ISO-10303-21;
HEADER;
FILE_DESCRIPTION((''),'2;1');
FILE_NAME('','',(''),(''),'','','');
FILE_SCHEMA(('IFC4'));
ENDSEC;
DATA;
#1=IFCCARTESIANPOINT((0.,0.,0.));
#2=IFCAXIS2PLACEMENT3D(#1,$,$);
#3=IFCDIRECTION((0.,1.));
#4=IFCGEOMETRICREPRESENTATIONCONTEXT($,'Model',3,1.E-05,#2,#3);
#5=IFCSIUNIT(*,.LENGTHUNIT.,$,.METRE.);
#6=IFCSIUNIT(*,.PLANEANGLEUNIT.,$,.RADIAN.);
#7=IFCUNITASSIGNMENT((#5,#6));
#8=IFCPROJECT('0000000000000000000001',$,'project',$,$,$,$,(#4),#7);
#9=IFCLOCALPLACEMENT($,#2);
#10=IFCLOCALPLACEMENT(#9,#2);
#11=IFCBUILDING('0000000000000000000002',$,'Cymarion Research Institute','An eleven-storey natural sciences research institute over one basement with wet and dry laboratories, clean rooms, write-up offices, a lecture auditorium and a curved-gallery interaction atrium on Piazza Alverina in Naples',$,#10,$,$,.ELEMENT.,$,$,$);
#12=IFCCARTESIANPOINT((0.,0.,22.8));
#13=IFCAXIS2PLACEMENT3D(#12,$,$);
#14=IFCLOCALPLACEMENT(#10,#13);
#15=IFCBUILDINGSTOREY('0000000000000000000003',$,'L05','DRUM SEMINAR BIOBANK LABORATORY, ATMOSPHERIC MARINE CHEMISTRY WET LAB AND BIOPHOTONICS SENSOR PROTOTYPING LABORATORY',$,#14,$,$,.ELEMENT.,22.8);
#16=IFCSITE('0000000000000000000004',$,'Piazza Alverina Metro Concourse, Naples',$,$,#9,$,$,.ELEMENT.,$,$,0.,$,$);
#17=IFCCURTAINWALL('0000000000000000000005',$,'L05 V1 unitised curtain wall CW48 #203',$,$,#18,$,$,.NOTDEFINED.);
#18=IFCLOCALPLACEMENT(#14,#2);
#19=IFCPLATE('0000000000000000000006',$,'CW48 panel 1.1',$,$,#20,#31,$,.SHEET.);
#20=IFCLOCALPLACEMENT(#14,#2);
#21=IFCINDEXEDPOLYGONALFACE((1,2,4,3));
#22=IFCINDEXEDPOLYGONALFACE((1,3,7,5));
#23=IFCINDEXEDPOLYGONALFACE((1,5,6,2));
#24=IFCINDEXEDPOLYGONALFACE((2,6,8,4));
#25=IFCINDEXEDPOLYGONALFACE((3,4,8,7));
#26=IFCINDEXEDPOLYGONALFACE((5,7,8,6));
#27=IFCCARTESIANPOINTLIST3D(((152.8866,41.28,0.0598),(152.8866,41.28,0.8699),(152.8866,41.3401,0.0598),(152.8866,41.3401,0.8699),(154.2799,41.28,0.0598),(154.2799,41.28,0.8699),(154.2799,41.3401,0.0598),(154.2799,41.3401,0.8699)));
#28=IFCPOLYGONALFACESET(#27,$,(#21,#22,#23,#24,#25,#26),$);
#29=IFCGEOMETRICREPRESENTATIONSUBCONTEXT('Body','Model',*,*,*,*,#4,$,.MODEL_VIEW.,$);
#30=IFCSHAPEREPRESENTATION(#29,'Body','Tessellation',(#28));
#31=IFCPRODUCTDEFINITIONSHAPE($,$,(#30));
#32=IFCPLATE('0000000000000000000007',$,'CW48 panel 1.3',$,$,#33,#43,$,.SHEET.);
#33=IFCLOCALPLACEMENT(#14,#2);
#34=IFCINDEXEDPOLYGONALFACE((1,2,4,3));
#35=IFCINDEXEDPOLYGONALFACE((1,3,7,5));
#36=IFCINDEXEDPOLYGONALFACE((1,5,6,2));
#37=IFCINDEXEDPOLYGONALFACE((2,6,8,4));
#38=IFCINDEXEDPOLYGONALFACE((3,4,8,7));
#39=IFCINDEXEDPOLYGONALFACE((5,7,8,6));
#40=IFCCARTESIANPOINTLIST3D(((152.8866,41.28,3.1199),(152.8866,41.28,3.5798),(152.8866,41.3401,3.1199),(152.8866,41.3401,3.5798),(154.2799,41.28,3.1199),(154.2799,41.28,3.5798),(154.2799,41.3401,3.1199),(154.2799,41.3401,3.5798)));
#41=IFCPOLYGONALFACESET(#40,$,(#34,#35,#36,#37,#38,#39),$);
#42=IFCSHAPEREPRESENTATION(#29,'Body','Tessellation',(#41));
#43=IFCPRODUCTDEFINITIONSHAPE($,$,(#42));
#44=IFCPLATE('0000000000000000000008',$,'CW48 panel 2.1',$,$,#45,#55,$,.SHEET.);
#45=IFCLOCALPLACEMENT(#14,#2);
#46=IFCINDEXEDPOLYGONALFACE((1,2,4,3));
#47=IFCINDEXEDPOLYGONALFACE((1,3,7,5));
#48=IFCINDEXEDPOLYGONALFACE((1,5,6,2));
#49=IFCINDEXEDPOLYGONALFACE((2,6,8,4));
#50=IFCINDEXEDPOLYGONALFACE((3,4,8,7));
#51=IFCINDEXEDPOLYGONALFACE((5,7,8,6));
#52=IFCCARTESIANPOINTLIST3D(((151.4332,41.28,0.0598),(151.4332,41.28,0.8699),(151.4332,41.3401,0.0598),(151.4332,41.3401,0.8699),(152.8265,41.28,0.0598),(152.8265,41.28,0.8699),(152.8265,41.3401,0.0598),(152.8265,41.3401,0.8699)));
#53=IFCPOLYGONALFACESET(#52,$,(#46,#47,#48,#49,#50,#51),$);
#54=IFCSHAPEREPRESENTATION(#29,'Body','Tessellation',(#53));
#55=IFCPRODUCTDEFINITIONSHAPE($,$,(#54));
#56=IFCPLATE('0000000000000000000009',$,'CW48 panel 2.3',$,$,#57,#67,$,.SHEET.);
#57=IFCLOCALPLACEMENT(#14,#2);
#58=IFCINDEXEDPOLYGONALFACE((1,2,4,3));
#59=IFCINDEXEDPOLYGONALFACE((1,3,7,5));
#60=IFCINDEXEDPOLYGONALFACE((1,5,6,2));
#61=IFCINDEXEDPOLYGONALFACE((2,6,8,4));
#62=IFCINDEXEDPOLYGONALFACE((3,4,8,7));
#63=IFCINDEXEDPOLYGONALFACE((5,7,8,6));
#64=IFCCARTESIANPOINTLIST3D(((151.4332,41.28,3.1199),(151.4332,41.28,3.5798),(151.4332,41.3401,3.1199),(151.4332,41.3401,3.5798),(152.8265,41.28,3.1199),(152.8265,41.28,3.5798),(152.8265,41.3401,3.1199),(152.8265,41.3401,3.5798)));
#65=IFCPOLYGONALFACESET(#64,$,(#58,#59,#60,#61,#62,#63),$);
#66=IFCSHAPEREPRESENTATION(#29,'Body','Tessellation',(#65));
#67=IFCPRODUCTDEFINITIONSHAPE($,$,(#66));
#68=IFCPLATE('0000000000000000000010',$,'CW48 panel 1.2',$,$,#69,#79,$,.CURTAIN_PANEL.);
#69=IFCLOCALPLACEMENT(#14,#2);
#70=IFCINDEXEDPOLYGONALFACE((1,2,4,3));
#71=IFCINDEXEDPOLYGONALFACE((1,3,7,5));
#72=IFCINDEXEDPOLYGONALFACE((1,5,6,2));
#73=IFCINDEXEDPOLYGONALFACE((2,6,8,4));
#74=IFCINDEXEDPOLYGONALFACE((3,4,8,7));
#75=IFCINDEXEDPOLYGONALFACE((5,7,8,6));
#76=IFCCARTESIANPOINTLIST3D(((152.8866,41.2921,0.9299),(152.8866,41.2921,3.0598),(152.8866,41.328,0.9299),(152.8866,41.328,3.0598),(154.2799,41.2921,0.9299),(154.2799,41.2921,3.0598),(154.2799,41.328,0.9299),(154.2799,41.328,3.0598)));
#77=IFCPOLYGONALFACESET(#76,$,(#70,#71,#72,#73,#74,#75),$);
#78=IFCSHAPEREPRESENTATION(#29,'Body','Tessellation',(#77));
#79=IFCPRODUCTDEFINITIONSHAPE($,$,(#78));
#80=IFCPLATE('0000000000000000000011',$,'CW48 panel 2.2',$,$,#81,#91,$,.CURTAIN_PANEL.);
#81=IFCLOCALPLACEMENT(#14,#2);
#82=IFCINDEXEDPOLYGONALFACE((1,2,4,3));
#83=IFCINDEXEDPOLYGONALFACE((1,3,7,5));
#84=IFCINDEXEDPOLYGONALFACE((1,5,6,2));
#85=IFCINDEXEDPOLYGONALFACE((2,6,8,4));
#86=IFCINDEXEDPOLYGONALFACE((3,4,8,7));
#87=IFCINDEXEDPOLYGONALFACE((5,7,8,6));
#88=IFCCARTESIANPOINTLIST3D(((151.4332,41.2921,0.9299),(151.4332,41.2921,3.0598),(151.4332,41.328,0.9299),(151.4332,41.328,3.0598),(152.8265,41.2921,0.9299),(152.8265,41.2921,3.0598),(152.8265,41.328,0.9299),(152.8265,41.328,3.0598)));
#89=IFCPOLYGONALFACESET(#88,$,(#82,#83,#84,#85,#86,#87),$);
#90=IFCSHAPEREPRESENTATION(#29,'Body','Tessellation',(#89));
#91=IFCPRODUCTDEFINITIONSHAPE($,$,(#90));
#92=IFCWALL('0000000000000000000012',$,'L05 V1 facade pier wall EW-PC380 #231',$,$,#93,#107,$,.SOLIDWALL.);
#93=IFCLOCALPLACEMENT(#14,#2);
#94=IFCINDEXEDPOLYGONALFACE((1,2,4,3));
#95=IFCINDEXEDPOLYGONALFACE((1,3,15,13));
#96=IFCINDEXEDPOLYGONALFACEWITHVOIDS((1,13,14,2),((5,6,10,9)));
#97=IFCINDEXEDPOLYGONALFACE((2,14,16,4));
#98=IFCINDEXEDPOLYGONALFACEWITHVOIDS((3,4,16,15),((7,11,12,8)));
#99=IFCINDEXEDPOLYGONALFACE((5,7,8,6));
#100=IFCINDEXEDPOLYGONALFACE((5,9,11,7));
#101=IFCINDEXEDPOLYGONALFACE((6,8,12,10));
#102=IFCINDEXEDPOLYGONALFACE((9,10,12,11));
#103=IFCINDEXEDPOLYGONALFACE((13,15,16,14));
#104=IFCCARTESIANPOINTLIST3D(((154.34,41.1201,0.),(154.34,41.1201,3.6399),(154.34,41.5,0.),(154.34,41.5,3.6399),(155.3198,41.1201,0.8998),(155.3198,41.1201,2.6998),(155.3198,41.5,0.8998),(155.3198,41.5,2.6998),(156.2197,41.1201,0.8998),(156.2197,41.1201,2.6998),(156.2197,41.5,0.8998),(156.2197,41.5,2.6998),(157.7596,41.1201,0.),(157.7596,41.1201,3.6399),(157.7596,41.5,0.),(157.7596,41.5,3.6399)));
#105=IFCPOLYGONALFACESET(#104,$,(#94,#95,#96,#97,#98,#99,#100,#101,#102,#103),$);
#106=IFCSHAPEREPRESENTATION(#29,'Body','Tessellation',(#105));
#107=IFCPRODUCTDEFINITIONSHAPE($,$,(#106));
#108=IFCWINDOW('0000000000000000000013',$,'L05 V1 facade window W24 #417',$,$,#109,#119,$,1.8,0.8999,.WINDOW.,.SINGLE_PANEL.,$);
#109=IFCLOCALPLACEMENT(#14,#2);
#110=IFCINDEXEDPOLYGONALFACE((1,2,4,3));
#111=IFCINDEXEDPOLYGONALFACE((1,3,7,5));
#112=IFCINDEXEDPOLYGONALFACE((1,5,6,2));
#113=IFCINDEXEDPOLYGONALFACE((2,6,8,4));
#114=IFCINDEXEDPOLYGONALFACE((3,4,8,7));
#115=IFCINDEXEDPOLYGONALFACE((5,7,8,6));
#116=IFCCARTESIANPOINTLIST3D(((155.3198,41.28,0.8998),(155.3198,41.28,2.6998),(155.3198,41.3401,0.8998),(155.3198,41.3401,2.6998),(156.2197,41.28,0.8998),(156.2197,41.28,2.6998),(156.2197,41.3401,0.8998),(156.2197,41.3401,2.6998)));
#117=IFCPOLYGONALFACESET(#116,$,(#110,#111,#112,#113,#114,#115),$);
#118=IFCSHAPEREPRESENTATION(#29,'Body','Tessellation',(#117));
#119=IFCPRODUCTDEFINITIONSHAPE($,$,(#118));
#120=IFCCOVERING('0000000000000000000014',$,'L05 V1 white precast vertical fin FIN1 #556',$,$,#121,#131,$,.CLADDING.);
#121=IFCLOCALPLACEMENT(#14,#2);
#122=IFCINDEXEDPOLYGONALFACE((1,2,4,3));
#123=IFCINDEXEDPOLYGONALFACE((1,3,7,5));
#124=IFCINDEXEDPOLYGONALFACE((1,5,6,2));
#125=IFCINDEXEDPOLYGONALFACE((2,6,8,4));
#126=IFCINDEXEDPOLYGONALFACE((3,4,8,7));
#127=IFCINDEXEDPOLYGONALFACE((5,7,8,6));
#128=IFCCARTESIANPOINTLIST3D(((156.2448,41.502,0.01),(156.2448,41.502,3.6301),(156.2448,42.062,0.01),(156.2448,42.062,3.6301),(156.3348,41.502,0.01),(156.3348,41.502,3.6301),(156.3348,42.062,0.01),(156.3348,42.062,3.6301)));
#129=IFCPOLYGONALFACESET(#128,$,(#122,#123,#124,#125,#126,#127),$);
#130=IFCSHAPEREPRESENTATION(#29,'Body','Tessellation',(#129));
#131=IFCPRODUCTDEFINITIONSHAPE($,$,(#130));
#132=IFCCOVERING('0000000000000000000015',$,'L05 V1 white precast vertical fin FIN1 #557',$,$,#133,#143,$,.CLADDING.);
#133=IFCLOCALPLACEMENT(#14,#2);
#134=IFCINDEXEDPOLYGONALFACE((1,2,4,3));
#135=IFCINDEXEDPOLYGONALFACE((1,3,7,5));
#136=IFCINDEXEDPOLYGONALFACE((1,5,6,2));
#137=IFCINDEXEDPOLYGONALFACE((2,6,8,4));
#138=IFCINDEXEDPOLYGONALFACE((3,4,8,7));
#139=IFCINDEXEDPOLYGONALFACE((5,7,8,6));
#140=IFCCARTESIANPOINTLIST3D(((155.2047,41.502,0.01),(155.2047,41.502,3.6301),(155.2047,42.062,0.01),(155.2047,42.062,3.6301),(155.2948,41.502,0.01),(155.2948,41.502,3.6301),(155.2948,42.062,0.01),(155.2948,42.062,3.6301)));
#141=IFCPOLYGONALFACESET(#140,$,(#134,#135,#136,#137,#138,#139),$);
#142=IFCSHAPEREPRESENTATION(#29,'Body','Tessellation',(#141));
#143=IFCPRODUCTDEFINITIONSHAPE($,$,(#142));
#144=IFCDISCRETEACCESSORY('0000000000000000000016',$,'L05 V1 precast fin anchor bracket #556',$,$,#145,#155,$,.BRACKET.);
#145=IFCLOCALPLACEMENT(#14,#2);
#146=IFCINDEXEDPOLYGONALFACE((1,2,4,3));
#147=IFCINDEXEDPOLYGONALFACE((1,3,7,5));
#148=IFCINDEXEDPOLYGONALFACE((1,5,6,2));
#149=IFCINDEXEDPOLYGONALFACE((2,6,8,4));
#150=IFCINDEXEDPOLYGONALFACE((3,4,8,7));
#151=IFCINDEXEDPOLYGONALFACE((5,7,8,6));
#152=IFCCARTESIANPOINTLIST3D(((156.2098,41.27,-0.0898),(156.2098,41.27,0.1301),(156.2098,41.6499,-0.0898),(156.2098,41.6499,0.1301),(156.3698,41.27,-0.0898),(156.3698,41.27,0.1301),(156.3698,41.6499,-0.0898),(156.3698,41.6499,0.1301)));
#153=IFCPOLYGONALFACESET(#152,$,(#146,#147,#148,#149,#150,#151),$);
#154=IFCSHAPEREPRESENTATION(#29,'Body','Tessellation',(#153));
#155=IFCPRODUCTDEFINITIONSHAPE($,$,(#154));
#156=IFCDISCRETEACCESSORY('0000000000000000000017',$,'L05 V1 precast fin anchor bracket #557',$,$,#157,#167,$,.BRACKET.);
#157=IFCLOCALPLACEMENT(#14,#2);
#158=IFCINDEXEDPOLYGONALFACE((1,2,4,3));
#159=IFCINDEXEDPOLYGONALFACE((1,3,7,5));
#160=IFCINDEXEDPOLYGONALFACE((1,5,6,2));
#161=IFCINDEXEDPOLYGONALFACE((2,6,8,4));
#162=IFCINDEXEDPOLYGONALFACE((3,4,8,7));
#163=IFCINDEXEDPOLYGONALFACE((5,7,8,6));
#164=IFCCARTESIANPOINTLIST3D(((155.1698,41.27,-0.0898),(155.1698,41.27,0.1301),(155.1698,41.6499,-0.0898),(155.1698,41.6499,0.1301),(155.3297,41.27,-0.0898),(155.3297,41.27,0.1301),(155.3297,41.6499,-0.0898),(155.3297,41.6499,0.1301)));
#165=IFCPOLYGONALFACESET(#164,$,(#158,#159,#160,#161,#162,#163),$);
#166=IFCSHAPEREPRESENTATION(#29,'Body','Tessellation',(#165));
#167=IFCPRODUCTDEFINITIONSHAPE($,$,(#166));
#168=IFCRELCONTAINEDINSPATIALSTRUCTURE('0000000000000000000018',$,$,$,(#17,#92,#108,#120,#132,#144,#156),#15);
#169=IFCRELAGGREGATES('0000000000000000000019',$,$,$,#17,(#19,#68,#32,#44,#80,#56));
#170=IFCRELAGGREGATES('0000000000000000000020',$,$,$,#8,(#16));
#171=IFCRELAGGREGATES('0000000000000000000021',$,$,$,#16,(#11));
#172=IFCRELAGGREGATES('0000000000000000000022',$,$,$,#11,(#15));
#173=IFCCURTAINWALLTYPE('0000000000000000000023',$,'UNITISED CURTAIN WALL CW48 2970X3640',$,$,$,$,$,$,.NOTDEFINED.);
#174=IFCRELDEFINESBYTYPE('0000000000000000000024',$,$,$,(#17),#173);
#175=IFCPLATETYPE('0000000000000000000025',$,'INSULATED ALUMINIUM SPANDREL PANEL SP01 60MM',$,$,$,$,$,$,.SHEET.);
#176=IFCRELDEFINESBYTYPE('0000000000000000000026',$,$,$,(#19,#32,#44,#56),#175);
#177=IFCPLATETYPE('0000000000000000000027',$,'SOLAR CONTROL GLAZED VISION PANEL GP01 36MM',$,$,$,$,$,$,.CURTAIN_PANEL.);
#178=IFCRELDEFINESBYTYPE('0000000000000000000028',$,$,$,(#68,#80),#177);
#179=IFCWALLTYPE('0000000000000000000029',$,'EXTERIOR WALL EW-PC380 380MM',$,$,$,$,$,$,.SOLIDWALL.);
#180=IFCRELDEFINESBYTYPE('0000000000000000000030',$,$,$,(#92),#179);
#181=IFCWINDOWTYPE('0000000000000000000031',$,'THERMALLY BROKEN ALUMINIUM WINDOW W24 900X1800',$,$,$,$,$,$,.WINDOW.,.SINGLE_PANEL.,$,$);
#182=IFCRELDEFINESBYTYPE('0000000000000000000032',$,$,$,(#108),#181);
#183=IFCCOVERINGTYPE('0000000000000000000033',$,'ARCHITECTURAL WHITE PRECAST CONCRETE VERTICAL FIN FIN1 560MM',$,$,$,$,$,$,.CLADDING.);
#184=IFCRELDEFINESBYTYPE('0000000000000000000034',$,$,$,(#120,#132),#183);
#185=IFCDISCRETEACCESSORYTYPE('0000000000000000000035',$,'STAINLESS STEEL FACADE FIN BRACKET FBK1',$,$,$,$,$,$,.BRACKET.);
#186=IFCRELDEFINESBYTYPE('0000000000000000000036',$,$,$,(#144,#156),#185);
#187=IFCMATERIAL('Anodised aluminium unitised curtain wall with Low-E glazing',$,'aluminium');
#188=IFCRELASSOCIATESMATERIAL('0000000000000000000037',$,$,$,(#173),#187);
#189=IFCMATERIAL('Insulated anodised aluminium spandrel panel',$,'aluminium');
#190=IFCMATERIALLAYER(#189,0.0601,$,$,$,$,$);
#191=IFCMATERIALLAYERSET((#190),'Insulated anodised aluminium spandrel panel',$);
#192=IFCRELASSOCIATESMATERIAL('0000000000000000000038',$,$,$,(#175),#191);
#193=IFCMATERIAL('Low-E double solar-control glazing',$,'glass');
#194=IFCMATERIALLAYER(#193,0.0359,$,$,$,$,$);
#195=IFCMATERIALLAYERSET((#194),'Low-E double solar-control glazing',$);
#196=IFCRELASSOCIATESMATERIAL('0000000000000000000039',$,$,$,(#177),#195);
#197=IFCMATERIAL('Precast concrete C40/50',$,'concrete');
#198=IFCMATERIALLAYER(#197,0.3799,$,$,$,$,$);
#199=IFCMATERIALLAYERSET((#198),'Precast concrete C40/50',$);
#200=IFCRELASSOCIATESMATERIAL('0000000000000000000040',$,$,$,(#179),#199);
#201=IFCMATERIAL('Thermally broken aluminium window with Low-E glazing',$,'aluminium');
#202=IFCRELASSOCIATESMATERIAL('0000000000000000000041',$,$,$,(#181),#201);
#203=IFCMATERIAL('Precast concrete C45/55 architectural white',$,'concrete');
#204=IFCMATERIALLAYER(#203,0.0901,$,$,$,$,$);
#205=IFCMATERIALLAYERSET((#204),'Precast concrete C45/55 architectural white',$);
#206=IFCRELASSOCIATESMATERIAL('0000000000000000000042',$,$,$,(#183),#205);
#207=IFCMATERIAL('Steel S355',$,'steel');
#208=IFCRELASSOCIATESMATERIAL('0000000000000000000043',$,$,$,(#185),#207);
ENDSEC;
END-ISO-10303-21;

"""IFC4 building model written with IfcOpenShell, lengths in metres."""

from ifc_helpers import new_model, si_unit, direction, frame, frame_2d, origin, origin_2d, place, context, subcontext, project, spatial, rectangle, extrude, material, layer, layer_set, type_object, element, fill, aggregate, save


model = new_model("IFC4")

# Units and contexts
model_context = context("Model", 3, precision=1e-05, world=origin(), true_north=direction((0.0, 1.0)))
body_context = subcontext(model_context, "Body", "Model", "MODEL_VIEW")
ifc_project = project(units=[si_unit("LENGTHUNIT", "METRE"), si_unit("PLANEANGLEUNIT", "RADIAN")], contexts=[model_context])

# Site, building, storey
site_placement = place(None, origin())
site = spatial("IfcSite", under=ifc_project, at=site_placement, Name="Piazza Alverina Metro Concourse, Naples", CompositionType="ELEMENT", RefElevation=0.0)
building_placement = place(site_placement, origin())
building = spatial("IfcBuilding", under=site, at=building_placement, Name="Cymarion Research Institute", Description="An eleven-storey natural sciences research institute over one basement with wet and dry laboratories, clean rooms, write-up offices, a lecture auditorium and a curved-gallery interaction atrium on Piazza Alverina in Naples", CompositionType="ELEMENT")
storey_placement = place(building_placement, frame((0.0, 0.0, 22.8)))
storey = spatial("IfcBuildingStorey", under=building, at=storey_placement, Name="L05", Description="DRUM SEMINAR BIOBANK LABORATORY, ATMOSPHERIC MARINE CHEMISTRY WET LAB AND BIOPHOTONICS SENSOR PROTOTYPING LABORATORY", CompositionType="ELEMENT", Elevation=22.8)

# Shared definitions
ifc_material_1 = material(Name="Steel S355", Category="steel")

# Shared definitions
ifc_material_2 = material(Name="Anodised aluminium unitised curtain wall with Low-E glazing", Category="aluminium")

# Curtain wall, plates
curtain_wall_type_1 = type_object("IfcCurtainWallType", Name="UNITISED CURTAIN WALL CW48 2970X3640", PredefinedType="NOTDEFINED", material=ifc_material_2)
curtain_wall_1_placement = place(storey_placement, origin())
curtain_wall_1 = element("IfcCurtainWall", 1, at=curtain_wall_1_placement, inside=storey, type_object=curtain_wall_type_1, Name="L05 V1 unitised curtain wall CW48 #203", PredefinedType="NOTDEFINED")
ifc_material_3 = material(Name="Insulated anodised aluminium spandrel panel", Category="aluminium")
ifc_layer_1 = layer(ifc_material_3, 0.0601)
ifc_layer_set_1 = layer_set([ifc_layer_1], Name="Insulated anodised aluminium spandrel panel")
plate_type_1 = type_object("IfcPlateType", Name="INSULATED ALUMINIUM SPANDREL PANEL SP01 60MM", PredefinedType="SHEET", material=ifc_layer_set_1)
plate_1_placement = place(storey_placement, frame((153.5833, 41.3101, 0.0598), z_axis=(0.0, 0.0, 1.0), x_axis=(-1.0, 0.0, 0.0)))
plate_1 = element("IfcPlate", 2, at=plate_1_placement, type_object=plate_type_1, Name="CW48 panel 1.1", PredefinedType="SHEET", context=body_context, shape_type="SweptSolid", body=[
    extrude(rectangle(XDim=1.3933, YDim=0.0601, at=origin_2d()), origin(), (0.0, 0.0, 1.0), 0.8101),
])
plate_2_placement = place(storey_placement, frame((153.5833, 41.3101, 3.1199), z_axis=(0.0, 0.0, 1.0), x_axis=(-1.0, 0.0, 0.0)))
plate_2 = element("IfcPlate", 3, at=plate_2_placement, type_object=plate_type_1, Name="CW48 panel 1.3", PredefinedType="SHEET", context=body_context, shape_type="SweptSolid", body=[
    extrude(rectangle(XDim=1.3933, YDim=0.0601, at=origin_2d()), origin(), (0.0, 0.0, 1.0), 0.46),
])
plate_3_placement = place(storey_placement, frame((152.1299, 41.3101, 0.0598), z_axis=(0.0, 0.0, 1.0), x_axis=(-1.0, 0.0, 0.0)))
plate_3 = element("IfcPlate", 4, at=plate_3_placement, type_object=plate_type_1, Name="CW48 panel 2.1", PredefinedType="SHEET", context=body_context, shape_type="SweptSolid", body=[
    extrude(rectangle(XDim=1.3933, YDim=0.0601, at=origin_2d()), origin(), (0.0, 0.0, 1.0), 0.8101),
])
plate_4_placement = place(storey_placement, frame((152.1299, 41.3101, 3.1199), z_axis=(0.0, 0.0, 1.0), x_axis=(-1.0, 0.0, 0.0)))
plate_4 = element("IfcPlate", 5, at=plate_4_placement, type_object=plate_type_1, Name="CW48 panel 2.3", PredefinedType="SHEET", context=body_context, shape_type="SweptSolid", body=[
    extrude(rectangle(XDim=1.3933, YDim=0.0601, at=origin_2d()), origin(), (0.0, 0.0, 1.0), 0.46),
])
ifc_material_4 = material(Name="Low-E double solar-control glazing", Category="glass")
ifc_layer_2 = layer(ifc_material_4, 0.0359)
ifc_layer_set_2 = layer_set([ifc_layer_2], Name="Low-E double solar-control glazing")
plate_type_2 = type_object("IfcPlateType", Name="SOLAR CONTROL GLAZED VISION PANEL GP01 36MM", PredefinedType="CURTAIN_PANEL", material=ifc_layer_set_2)
plate_5_placement = place(storey_placement, frame((153.5833, 41.3101, 0.9299), z_axis=(0.0, 0.0, 1.0), x_axis=(-1.0, 0.0, 0.0)))
plate_5 = element("IfcPlate", 6, at=plate_5_placement, type_object=plate_type_2, Name="CW48 panel 1.2", PredefinedType="CURTAIN_PANEL", context=body_context, shape_type="SweptSolid", body=[
    extrude(rectangle(XDim=1.3933, YDim=0.0359, at=origin_2d()), origin(), (0.0, 0.0, 1.0), 2.1299),
])
plate_6_placement = place(storey_placement, frame((152.1299, 41.3101, 0.9299), z_axis=(0.0, 0.0, 1.0), x_axis=(-1.0, 0.0, 0.0)))
plate_6 = element("IfcPlate", 7, at=plate_6_placement, type_object=plate_type_2, Name="CW48 panel 2.2", PredefinedType="CURTAIN_PANEL", context=body_context, shape_type="SweptSolid", body=[
    extrude(rectangle(XDim=1.3933, YDim=0.0359, at=origin_2d()), origin(), (0.0, 0.0, 1.0), 2.1299),
])
aggregate(curtain_wall_1, [plate_1, plate_5, plate_2, plate_3, plate_6, plate_4])

# Wall, opening, window
ifc_material_5 = material(Name="Precast concrete C40/50", Category="concrete")
ifc_layer_3 = layer(ifc_material_5, 0.3799)
ifc_layer_set_3 = layer_set([ifc_layer_3], Name="Precast concrete C40/50")
wall_type = type_object("IfcWallType", Name="EXTERIOR WALL EW-PC380 380MM", PredefinedType="SOLIDWALL", material=ifc_layer_set_3)
wall_placement = place(storey_placement, frame((157.7598, 41.3101, 0.0), z_axis=(0.0, 0.0, 1.0), x_axis=(-1.0, 0.0, 0.0)))
wall = element("IfcWall", 8, at=wall_placement, inside=storey, type_object=wall_type, Name="L05 V1 facade pier wall EW-PC380 #231", PredefinedType="SOLIDWALL", context=body_context, shape_type="SweptSolid", body=[
    extrude(rectangle(XDim=3.4197, YDim=0.3799, at=frame_2d((1.71, 0.0))), origin(), (0.0, 0.0, 1.0), 3.6399),
])
opening_placement = place(wall_placement, frame((1.54, 0.0, 0.8999)))
opening = element("IfcOpeningElement", 9, at=opening_placement, cuts=wall, PredefinedType="OPENING", context=body_context, shape_type="SweptSolid", body=[
    extrude(rectangle(XDim=0.8999, YDim=1.8, at=frame_2d((0.45, 0.8999))), frame((0.0, 0.2, 0.0), z_axis=(0.0, -1.0, 0.0), x_axis=(1.0, 0.0, 0.0)), (0.0, 0.0, 1.0), 0.3999),
])
ifc_material_6 = material(Name="Thermally broken aluminium window with Low-E glazing", Category="aluminium")
window_type = type_object("IfcWindowType", Name="THERMALLY BROKEN ALUMINIUM WINDOW W24 900X1800", PartitioningType="SINGLE_PANEL", PredefinedType="WINDOW", material=ifc_material_6)
window_placement = place(opening_placement, origin())
window = element("IfcWindow", 10, at=window_placement, inside=storey, type_object=window_type, Name="L05 V1 facade window W24 #417", OverallHeight=1.8, OverallWidth=0.8999, PartitioningType="SINGLE_PANEL", PredefinedType="WINDOW", context=body_context, shape_type="SweptSolid", body=[
    extrude(rectangle(XDim=0.8999, YDim=1.8, at=frame_2d((0.45, 0.8999))), frame((0.0, 0.03, 0.0), z_axis=(0.0, -1.0, 0.0), x_axis=(1.0, 0.0, 0.0)), (0.0, 0.0, 1.0), 0.0601),
])
fill(opening, window)

# Coverings
ifc_material_7 = material(Name="Precast concrete C45/55 architectural white", Category="concrete")
ifc_layer_4 = layer(ifc_material_7, 0.0901)
ifc_layer_set_4 = layer_set([ifc_layer_4], Name="Precast concrete C45/55 architectural white")
covering_type = type_object("IfcCoveringType", Name="ARCHITECTURAL WHITE PRECAST CONCRETE VERTICAL FIN FIN1 560MM", PredefinedType="CLADDING", material=ifc_layer_set_4)
for number, where, z_axis, x_axis, name in (
    (11, (156.2898, 41.782, 0.01), (0.0, 0.0, 1.0), (0.0, 1.0, 0.0), "L05 V1 white precast vertical fin FIN1 #556"),
    (12, (155.2498, 41.782, 0.01), (0.0, 0.0, 1.0), (0.0, 1.0, 0.0), "L05 V1 white precast vertical fin FIN1 #557"),
):
    element("IfcCovering", number, at=place(storey_placement, frame(where, z_axis=z_axis, x_axis=x_axis)), inside=storey, type_object=covering_type, Name=name, PredefinedType="CLADDING", context=body_context, shape_type="SweptSolid", body=[
        extrude(rectangle(XDim=0.5601, YDim=0.0901, at=origin_2d()), origin(), (0.0, 0.0, 1.0), 3.6201),
    ])

# Discrete accessories
discrete_accessory_type = type_object("IfcDiscreteAccessoryType", Name="STAINLESS STEEL FACADE FIN BRACKET FBK1", PredefinedType="BRACKET", material=ifc_material_1)
for number, where, z_axis, x_axis, name in (
    (13, (156.2898, 41.46, -0.0898), (0.0, 0.0, 1.0), (0.0, 1.0, 0.0), "L05 V1 precast fin anchor bracket #556"),
    (14, (155.2498, 41.46, -0.0898), (0.0, 0.0, 1.0), (0.0, 1.0, 0.0), "L05 V1 precast fin anchor bracket #557"),
):
    element("IfcDiscreteAccessory", number, at=place(storey_placement, frame(where, z_axis=z_axis, x_axis=x_axis)), inside=storey, type_object=discrete_accessory_type, Name=name, PredefinedType="BRACKET", context=body_context, shape_type="SweptSolid", body=[
        extrude(rectangle(XDim=0.3799, YDim=0.1599, at=origin_2d()), origin(), (0.0, 0.0, 1.0), 0.22),
    ])

save(model, "model.ifc")
